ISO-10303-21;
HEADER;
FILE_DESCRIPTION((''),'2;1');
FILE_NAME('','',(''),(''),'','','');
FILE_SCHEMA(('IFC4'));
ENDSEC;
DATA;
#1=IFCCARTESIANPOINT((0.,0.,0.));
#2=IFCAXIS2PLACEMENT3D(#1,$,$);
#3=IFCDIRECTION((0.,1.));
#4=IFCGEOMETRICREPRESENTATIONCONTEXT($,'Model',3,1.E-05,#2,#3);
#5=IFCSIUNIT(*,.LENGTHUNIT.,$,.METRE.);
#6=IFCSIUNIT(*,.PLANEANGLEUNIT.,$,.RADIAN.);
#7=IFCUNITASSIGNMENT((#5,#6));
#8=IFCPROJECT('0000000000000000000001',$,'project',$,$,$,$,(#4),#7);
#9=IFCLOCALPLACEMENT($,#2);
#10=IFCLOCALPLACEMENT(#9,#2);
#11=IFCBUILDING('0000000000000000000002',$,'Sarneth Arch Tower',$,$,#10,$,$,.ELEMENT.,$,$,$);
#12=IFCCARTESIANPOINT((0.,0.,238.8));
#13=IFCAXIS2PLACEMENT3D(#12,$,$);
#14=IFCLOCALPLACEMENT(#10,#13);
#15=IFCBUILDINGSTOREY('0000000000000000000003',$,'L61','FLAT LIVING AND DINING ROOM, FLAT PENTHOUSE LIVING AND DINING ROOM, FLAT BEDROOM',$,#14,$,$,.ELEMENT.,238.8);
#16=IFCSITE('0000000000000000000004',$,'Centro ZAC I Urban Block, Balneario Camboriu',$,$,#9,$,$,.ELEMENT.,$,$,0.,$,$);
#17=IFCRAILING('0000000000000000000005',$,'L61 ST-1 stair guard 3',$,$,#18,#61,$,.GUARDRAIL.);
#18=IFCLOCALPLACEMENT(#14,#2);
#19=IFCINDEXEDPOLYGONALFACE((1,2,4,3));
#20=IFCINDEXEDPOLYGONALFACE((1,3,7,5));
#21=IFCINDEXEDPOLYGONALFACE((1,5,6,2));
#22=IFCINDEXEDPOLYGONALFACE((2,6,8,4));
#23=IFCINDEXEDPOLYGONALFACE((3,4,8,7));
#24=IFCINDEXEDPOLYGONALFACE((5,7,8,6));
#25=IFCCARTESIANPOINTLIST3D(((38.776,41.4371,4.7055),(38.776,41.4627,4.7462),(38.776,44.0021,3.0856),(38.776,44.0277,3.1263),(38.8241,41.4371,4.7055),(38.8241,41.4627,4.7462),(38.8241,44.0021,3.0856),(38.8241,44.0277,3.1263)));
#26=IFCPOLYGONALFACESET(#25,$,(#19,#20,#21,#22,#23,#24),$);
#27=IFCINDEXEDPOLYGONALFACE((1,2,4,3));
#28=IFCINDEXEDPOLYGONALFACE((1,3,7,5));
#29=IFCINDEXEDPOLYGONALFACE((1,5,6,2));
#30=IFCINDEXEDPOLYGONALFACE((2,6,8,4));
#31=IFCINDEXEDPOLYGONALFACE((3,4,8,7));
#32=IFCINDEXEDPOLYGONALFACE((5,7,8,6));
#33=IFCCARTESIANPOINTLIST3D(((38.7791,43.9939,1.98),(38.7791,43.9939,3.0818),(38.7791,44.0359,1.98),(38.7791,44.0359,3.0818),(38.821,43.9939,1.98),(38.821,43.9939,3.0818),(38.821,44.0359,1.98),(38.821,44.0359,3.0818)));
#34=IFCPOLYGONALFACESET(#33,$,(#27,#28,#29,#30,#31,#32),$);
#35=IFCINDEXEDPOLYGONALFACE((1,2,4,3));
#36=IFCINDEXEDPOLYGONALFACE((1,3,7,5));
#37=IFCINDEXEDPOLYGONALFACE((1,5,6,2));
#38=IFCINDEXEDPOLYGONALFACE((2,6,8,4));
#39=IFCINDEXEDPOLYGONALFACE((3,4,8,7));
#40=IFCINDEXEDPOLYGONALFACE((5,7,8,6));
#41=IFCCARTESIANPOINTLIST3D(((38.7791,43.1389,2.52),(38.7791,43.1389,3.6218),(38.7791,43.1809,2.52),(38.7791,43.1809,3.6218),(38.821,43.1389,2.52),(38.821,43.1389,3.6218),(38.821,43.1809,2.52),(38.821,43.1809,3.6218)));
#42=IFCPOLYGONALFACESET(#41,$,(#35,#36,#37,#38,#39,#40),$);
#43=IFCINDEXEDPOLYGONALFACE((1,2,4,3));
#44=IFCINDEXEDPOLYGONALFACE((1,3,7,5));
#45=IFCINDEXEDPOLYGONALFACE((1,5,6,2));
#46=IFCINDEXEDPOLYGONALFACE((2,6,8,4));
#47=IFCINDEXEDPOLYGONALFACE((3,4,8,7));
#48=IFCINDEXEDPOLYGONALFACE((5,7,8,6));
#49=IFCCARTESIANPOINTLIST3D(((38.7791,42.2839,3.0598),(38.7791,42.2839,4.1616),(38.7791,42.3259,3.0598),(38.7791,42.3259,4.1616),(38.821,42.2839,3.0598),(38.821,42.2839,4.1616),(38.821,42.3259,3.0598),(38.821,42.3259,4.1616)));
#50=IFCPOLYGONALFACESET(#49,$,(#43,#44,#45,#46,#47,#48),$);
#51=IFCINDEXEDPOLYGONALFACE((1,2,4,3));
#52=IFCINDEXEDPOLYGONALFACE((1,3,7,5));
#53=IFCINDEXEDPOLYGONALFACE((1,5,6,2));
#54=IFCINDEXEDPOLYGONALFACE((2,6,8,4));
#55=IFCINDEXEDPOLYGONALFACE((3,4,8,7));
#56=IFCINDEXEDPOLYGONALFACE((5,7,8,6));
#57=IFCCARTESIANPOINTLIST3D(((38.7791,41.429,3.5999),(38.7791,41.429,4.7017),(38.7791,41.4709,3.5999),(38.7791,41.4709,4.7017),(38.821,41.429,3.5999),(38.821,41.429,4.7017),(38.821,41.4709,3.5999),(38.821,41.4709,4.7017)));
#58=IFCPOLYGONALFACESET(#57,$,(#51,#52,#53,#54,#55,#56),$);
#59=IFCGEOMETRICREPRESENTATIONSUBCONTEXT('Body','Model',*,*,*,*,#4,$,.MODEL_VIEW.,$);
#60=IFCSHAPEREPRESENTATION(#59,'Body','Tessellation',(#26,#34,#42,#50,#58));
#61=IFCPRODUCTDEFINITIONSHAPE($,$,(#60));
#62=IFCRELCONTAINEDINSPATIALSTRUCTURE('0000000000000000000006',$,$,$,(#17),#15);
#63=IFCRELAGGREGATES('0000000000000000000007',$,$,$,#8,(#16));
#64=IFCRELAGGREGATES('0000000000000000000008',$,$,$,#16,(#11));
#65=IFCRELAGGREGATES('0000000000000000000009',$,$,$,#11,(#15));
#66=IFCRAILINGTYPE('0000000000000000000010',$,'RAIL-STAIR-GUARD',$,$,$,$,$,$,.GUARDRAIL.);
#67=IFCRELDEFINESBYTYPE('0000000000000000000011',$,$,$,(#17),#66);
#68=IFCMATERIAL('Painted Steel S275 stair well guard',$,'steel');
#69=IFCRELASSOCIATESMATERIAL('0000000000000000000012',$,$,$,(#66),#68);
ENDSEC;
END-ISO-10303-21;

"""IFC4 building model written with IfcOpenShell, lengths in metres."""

from ifc_helpers import new_model, si_unit, direction, frame, origin, origin_2d, place, context, subcontext, project, spatial, rectangle, extrude, material, type_object, element, save


model = new_model("IFC4")

# Units and contexts
model_context = context("Model", 3, precision=1e-05, world=origin(), true_north=direction((0.0, 1.0)))
body_context = subcontext(model_context, "Body", "Model", "MODEL_VIEW")
ifc_project = project(units=[si_unit("LENGTHUNIT", "METRE"), si_unit("PLANEANGLEUNIT", "RADIAN")], contexts=[model_context])

# Site, building, storey
site_placement = place(None, origin())
site = spatial("IfcSite", under=ifc_project, at=site_placement, Name="Centro ZAC I Urban Block, Balneario Camboriu", CompositionType="ELEMENT", RefElevation=0.0)
building_placement = place(site_placement, origin())
building = spatial("IfcBuilding", under=site, at=building_placement, Name="Sarneth Arch Tower", CompositionType="ELEMENT")
storey_placement = place(building_placement, frame((0.0, 0.0, 238.8)))
storey = spatial("IfcBuildingStorey", under=building, at=storey_placement, Name="L61", Description="FLAT LIVING AND DINING ROOM, FLAT PENTHOUSE LIVING AND DINING ROOM, FLAT BEDROOM", CompositionType="ELEMENT", Elevation=238.8)

# Railing
ifc_material_1 = material(Name="Painted Steel S275 stair well guard", Category="steel")
railing_type_1 = type_object("IfcRailingType", Name="RAIL-STAIR-GUARD", PredefinedType="GUARDRAIL", material=ifc_material_1)
railing_1_placement = place(storey_placement, frame((38.8, 44.0149, 1.98)))
element("IfcRailing", 1, at=railing_1_placement, inside=storey, type_object=railing_type_1, Name="L61 ST-1 stair guard 3", PredefinedType="GUARDRAIL", context=body_context, shape_type="SweptSolid", body=[
    extrude(rectangle(XDim=0.0481, YDim=0.0481, at=origin_2d()), frame((0.0, 0.0, 1.126), z_axis=(0.0, -0.845502, 0.533972), x_axis=(1.0, 0.0, 0.0)), (0.0, 0.0, 1.0), 3.0337),
    extrude(rectangle(XDim=0.042, YDim=0.042, at=origin_2d()), origin(), (0.0, 0.0, 1.0), 1.1018),
    extrude(rectangle(XDim=0.042, YDim=0.042, at=origin_2d()), frame((0.0, -0.855, 0.54)), (0.0, 0.0, 1.0), 1.1018),
    extrude(rectangle(XDim=0.042, YDim=0.042, at=origin_2d()), frame((0.0, -1.71, 1.0798)), (0.0, 0.0, 1.0), 1.1018),
    extrude(rectangle(XDim=0.042, YDim=0.042, at=origin_2d()), frame((0.0, -2.5649, 1.6199)), (0.0, 0.0, 1.0), 1.1018),
])

save(model, "model.ifc")
